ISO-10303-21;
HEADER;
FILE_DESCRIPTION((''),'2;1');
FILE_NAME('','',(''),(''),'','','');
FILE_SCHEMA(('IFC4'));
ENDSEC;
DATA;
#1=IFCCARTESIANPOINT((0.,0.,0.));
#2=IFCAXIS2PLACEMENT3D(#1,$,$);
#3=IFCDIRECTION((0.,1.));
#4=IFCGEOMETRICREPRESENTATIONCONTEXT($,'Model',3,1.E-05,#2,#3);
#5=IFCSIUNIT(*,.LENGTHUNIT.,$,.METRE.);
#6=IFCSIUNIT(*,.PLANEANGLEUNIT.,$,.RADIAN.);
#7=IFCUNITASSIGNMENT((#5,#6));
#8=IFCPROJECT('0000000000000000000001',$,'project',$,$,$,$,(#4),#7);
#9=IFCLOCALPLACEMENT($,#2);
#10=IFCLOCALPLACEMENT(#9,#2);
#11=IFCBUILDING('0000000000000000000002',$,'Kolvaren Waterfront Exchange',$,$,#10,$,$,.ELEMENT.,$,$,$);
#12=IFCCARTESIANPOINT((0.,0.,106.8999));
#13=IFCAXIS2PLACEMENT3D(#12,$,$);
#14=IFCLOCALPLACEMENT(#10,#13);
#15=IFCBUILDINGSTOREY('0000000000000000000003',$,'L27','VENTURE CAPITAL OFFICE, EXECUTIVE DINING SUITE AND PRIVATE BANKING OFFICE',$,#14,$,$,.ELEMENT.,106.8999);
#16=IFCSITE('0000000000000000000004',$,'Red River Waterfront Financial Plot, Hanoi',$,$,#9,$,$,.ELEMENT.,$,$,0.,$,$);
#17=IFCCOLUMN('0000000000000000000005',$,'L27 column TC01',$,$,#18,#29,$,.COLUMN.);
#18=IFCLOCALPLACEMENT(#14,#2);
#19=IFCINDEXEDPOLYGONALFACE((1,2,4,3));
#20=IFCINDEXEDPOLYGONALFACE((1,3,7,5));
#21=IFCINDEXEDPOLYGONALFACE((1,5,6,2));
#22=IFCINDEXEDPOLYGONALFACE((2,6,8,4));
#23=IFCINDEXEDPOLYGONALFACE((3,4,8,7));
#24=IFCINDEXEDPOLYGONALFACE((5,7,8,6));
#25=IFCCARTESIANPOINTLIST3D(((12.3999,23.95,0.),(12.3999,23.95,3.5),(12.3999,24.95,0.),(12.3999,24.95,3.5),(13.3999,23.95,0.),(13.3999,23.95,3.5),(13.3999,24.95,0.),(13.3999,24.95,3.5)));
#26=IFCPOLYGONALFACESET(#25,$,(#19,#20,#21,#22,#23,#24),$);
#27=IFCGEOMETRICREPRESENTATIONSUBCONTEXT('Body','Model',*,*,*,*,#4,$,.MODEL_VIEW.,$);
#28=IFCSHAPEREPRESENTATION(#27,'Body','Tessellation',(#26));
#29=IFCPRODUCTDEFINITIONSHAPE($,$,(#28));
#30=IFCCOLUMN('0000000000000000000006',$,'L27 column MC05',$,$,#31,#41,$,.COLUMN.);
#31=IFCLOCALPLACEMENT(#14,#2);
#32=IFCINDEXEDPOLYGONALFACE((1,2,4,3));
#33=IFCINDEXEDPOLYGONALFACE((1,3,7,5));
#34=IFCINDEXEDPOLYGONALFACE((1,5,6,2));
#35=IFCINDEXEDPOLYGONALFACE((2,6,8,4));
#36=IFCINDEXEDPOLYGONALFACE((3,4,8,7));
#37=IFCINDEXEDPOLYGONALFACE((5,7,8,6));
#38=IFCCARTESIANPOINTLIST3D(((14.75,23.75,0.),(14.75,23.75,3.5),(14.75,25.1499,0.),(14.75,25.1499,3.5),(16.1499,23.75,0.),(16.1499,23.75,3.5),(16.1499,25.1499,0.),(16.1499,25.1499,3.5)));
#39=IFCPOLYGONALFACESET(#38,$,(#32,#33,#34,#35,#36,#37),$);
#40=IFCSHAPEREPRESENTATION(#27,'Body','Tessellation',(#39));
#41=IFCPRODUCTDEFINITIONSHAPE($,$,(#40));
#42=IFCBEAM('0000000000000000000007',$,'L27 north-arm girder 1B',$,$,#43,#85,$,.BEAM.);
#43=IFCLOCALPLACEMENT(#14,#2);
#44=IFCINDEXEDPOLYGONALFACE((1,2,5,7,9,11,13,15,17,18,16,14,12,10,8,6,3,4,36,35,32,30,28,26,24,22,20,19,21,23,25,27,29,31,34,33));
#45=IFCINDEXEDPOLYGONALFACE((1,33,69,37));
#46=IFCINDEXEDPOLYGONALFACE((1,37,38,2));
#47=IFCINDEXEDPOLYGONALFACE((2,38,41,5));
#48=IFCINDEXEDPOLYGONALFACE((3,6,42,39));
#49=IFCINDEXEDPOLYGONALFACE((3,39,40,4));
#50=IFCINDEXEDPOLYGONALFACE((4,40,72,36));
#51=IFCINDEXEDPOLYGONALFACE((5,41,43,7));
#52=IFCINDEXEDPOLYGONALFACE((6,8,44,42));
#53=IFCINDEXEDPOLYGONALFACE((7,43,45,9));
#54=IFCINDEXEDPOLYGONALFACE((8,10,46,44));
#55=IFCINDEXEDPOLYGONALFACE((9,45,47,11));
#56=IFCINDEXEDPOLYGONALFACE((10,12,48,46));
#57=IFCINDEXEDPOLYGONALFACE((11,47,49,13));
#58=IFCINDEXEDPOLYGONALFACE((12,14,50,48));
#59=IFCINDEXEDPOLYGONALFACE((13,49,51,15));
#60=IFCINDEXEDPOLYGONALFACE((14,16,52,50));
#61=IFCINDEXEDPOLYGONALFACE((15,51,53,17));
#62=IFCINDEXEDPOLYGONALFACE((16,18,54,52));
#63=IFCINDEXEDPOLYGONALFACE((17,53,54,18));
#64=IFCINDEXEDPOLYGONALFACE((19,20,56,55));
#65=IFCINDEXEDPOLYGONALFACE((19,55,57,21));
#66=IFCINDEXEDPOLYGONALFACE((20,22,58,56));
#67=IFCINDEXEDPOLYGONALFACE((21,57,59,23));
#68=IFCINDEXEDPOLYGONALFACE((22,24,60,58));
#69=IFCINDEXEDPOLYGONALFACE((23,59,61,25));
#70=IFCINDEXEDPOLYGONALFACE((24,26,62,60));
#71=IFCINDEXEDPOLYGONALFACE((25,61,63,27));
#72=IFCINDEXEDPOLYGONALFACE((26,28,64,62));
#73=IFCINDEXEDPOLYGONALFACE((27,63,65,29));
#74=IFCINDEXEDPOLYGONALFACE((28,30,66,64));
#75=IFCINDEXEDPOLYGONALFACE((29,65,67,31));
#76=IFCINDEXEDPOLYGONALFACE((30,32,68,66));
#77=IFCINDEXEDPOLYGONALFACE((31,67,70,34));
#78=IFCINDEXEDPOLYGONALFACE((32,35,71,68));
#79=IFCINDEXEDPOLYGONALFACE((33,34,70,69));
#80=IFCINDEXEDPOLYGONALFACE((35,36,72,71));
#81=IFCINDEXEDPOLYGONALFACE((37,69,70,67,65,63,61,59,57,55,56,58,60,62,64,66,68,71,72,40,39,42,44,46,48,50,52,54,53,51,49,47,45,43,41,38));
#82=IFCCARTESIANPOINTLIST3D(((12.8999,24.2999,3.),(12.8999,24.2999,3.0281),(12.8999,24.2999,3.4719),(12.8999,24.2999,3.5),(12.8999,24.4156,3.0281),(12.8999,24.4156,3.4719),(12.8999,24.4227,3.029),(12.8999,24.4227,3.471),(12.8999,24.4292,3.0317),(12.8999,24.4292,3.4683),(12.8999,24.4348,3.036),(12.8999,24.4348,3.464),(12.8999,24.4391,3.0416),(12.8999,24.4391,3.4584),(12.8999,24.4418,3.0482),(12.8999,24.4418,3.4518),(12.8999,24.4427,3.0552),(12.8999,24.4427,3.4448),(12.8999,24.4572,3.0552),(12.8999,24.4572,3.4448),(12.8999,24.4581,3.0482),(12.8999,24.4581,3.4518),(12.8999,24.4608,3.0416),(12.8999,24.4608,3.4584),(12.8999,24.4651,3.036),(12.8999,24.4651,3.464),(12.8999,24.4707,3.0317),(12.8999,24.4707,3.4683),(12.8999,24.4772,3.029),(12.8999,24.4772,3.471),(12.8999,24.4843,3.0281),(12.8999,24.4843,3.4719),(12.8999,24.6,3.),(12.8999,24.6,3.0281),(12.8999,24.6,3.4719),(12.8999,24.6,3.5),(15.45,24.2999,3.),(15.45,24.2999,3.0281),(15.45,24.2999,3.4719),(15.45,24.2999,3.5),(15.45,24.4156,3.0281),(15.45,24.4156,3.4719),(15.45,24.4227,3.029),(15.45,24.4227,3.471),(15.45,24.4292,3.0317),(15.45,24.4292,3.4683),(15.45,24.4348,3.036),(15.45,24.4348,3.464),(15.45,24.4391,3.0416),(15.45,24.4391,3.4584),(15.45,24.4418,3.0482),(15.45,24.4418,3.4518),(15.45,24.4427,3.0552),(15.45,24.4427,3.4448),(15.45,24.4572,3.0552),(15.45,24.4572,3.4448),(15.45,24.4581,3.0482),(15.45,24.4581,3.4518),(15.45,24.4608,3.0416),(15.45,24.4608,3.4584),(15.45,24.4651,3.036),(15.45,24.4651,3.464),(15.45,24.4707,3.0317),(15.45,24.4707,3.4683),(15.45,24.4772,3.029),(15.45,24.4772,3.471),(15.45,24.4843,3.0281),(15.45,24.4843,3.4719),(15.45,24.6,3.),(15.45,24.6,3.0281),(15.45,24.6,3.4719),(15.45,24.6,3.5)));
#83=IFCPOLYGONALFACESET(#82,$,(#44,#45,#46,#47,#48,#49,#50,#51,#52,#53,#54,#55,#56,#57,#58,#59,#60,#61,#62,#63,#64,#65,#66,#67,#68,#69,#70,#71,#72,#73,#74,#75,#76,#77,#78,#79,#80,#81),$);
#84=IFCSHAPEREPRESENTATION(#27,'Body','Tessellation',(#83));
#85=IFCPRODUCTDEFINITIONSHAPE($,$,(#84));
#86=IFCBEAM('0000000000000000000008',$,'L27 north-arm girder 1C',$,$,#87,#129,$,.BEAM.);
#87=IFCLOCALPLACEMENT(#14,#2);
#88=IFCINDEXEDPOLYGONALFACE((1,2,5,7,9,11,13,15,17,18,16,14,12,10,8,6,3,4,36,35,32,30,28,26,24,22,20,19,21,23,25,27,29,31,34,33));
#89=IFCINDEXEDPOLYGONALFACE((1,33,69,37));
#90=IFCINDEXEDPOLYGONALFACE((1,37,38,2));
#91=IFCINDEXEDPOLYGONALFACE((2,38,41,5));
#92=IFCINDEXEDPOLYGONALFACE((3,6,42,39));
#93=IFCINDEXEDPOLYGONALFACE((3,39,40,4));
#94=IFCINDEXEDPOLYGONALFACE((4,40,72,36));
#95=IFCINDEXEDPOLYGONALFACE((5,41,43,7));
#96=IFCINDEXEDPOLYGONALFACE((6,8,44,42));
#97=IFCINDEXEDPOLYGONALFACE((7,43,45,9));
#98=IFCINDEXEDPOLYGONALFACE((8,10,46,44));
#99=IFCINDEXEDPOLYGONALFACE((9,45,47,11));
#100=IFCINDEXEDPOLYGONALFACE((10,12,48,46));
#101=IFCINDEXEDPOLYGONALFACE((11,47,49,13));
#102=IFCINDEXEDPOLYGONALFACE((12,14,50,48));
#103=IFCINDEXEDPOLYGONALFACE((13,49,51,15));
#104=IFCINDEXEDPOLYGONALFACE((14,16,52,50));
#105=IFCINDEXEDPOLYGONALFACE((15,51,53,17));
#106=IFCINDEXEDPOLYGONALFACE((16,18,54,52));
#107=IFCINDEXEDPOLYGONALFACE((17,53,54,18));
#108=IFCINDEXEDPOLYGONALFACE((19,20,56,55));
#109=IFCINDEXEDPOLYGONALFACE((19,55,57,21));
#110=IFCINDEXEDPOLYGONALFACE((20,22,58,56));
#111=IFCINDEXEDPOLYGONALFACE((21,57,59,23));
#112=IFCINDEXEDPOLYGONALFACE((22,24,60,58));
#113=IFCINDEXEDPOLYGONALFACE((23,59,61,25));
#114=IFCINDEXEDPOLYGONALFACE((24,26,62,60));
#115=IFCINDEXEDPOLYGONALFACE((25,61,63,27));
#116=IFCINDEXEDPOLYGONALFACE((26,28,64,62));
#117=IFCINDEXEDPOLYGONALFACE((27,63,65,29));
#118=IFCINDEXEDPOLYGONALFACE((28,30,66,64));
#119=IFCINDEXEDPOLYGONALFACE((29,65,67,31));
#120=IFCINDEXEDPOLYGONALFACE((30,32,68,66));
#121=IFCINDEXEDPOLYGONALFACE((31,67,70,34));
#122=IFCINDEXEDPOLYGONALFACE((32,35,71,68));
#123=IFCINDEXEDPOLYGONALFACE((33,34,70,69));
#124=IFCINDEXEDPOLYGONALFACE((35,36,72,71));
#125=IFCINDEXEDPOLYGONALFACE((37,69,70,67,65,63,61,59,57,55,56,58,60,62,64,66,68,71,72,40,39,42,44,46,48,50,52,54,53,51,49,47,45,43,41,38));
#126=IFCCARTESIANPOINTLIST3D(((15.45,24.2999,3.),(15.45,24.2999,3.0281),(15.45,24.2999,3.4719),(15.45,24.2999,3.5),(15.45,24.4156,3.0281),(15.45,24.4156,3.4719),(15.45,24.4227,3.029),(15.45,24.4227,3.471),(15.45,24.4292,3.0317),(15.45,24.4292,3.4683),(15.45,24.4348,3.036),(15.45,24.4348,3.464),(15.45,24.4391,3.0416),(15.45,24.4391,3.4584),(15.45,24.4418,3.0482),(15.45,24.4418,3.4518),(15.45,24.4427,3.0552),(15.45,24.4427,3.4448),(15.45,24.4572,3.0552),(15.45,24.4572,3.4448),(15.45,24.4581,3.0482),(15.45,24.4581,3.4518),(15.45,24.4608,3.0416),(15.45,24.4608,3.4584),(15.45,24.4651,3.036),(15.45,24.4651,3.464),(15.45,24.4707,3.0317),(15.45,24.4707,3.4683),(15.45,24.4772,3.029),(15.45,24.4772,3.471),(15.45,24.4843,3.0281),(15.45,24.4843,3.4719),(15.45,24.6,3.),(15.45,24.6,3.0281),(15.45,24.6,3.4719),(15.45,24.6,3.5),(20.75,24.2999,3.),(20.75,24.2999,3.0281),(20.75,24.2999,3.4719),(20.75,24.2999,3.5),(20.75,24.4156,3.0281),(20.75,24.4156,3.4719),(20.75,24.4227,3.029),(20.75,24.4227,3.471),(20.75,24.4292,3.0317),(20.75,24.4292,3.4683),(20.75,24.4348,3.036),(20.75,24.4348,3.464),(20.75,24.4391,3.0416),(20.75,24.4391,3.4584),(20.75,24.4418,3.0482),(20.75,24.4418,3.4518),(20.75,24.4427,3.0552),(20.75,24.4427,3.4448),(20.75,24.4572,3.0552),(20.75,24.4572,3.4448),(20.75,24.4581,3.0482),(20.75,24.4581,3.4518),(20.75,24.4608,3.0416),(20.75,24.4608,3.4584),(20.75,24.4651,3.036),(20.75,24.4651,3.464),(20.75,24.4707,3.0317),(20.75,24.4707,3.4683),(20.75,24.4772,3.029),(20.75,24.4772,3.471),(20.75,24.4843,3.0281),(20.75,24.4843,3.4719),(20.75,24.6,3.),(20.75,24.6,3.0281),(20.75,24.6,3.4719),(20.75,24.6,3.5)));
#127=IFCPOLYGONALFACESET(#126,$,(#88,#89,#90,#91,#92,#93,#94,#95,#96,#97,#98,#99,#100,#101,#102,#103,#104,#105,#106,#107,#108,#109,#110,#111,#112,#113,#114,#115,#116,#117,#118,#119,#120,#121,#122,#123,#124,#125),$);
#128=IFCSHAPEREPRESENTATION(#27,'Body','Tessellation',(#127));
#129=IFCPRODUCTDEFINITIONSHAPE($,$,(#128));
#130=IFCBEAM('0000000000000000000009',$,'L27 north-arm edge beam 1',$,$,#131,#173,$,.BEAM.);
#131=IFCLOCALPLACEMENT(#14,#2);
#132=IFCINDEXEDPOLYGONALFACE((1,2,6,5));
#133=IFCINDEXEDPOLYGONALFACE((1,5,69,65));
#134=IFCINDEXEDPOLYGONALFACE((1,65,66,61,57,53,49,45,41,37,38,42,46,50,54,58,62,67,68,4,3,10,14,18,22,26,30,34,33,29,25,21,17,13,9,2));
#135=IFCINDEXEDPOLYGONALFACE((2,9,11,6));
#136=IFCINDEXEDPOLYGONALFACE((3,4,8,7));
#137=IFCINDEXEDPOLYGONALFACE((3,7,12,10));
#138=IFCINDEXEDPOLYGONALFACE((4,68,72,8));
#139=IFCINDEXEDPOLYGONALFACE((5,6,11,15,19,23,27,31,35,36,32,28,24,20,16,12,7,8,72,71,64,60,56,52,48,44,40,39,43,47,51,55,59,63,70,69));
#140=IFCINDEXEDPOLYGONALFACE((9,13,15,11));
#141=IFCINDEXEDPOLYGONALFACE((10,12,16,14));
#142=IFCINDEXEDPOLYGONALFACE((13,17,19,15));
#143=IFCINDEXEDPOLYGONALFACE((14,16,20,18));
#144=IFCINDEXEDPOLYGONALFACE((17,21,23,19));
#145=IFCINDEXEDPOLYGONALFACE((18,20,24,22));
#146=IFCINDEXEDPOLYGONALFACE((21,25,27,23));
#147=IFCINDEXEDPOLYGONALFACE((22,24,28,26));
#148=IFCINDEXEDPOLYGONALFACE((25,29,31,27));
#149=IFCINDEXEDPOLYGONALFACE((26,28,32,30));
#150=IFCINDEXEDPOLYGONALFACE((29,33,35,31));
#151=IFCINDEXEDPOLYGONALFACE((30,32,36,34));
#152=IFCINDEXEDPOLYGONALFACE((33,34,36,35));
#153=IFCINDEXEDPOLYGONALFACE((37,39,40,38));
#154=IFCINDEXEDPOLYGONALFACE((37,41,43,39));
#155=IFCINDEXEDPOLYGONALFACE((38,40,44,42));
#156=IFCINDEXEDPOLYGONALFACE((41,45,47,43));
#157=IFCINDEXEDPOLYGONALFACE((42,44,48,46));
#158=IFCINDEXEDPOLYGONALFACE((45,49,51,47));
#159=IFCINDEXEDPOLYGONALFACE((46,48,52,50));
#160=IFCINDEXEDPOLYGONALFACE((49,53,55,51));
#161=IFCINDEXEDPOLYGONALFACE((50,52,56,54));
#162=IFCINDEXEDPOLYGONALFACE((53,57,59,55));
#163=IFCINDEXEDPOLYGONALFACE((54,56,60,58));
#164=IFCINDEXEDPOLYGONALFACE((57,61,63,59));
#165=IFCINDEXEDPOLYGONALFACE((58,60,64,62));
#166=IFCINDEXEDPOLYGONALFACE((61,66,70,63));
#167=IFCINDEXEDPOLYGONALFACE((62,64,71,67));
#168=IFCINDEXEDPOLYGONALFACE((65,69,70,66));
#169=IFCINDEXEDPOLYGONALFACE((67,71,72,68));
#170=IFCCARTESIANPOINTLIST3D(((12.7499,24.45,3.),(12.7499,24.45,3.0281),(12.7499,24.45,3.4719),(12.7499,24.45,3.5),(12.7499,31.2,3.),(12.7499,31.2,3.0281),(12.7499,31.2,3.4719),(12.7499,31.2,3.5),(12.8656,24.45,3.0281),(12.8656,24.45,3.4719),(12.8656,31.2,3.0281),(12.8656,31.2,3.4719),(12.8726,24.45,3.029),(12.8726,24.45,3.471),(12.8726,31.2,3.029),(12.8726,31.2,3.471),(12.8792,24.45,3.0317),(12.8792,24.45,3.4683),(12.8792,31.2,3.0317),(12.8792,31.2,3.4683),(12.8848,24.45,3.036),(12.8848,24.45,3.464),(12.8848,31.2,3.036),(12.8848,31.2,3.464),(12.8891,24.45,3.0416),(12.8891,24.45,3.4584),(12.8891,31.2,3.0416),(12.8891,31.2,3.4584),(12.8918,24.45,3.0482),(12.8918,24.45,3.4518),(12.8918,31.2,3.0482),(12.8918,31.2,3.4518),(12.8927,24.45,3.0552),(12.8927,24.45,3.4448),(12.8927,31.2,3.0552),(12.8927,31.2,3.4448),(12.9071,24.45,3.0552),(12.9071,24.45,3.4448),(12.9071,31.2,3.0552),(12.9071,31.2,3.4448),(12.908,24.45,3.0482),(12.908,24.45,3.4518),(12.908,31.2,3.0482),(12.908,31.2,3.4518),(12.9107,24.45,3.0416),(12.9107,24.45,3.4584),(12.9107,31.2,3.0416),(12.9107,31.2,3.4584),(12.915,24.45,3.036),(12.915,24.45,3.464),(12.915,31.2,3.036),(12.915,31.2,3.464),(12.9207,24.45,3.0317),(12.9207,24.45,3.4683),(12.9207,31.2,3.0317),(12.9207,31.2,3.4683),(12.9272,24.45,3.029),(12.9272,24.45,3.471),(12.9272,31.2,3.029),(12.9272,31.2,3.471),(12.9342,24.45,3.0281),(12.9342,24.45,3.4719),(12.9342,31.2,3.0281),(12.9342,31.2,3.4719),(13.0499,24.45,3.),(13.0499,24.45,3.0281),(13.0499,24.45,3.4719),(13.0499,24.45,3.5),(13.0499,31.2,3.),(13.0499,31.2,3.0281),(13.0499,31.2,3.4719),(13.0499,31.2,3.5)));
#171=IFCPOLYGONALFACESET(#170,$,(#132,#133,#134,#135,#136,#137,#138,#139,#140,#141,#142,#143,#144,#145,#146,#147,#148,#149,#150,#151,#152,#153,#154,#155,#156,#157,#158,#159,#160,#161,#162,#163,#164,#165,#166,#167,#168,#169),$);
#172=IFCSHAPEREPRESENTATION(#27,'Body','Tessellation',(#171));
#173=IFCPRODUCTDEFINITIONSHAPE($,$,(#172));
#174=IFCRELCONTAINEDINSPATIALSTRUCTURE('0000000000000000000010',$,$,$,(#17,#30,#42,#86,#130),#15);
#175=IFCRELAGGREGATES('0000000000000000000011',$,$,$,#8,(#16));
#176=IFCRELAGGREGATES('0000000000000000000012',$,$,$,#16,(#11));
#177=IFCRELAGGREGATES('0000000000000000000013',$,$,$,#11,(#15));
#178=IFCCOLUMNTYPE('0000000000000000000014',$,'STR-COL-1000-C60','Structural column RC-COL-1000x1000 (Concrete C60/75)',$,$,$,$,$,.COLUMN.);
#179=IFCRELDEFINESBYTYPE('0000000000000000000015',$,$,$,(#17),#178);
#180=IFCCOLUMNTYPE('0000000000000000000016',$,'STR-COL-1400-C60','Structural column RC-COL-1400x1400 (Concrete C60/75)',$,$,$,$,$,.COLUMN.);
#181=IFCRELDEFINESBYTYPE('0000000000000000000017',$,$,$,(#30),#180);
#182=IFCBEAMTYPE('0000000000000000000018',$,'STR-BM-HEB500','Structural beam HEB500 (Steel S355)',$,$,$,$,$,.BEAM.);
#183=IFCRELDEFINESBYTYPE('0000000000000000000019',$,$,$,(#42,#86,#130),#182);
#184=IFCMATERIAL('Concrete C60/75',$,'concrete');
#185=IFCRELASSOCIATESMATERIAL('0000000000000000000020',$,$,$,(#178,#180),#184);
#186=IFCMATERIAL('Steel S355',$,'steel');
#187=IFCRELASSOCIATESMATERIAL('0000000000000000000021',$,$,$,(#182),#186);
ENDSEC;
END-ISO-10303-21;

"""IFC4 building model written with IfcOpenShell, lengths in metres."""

from ifc_helpers import new_model, si_unit, direction, frame, origin, origin_2d, place, context, subcontext, project, spatial, rectangle, i_section, extrude, material, material_profile, profile_set, type_object, element, save


model = new_model("IFC4")

# Units and contexts
model_context = context("Model", 3, precision=1e-05, world=origin(), true_north=direction((0.0, 1.0)))
body_context = subcontext(model_context, "Body", "Model", "MODEL_VIEW")
ifc_project = project(units=[si_unit("LENGTHUNIT", "METRE"), si_unit("PLANEANGLEUNIT", "RADIAN")], contexts=[model_context])

# Site, building, storey
site_placement = place(None, origin())
site = spatial("IfcSite", under=ifc_project, at=site_placement, Name="Red River Waterfront Financial Plot, Hanoi", CompositionType="ELEMENT", RefElevation=0.0)
building_placement = place(site_placement, origin())
building = spatial("IfcBuilding", under=site, at=building_placement, Name="Kolvaren Waterfront Exchange", CompositionType="ELEMENT")
storey_placement = place(building_placement, frame((0.0, 0.0, 106.8999)))
storey = spatial("IfcBuildingStorey", under=building, at=storey_placement, Name="L27", Description="VENTURE CAPITAL OFFICE, EXECUTIVE DINING SUITE AND PRIVATE BANKING OFFICE", CompositionType="ELEMENT", Elevation=106.8999)

# Columns
ifc_material_1 = material(Name="Concrete C60/75", Category="concrete")
ifc_material_profile_1 = material_profile(ifc_material_1, rectangle(XDim=1.0, YDim=1.0, at=origin_2d()), Name="RC-COL-1000x1000")
ifc_profile_set_1 = profile_set([ifc_material_profile_1], Name="Concrete C60/75")
column_type_1 = type_object("IfcColumnType", Name="STR-COL-1000-C60", Description="Structural column RC-COL-1000x1000 (Concrete C60/75)", PredefinedType="COLUMN", material=ifc_profile_set_1)
column_1_placement = place(storey_placement, frame((12.8999, 24.45, 0.0), z_axis=(0.0, 0.0, 1.0), x_axis=(1.0, 0.0, 0.0)))
element("IfcColumn", 1, at=column_1_placement, inside=storey, type_object=column_type_1, Name="L27 column TC01", PredefinedType="COLUMN", context=body_context, shape_type="SweptSolid", body=[
    extrude(rectangle(XDim=1.0, YDim=1.0, at=origin_2d()), origin(), (0.0, 0.0, 1.0), 3.5),
])
ifc_material_profile_2 = material_profile(ifc_material_1, rectangle(XDim=1.3999, YDim=1.3999, at=origin_2d()), Name="RC-COL-1400x1400")
ifc_profile_set_2 = profile_set([ifc_material_profile_2], Name="Concrete C60/75")
column_type_2 = type_object("IfcColumnType", Name="STR-COL-1400-C60", Description="Structural column RC-COL-1400x1400 (Concrete C60/75)", PredefinedType="COLUMN", material=ifc_profile_set_2)
column_2_placement = place(storey_placement, frame((15.45, 24.45, 0.0), z_axis=(0.0, 0.0, 1.0), x_axis=(1.0, 0.0, 0.0)))
element("IfcColumn", 2, at=column_2_placement, inside=storey, type_object=column_type_2, Name="L27 column MC05", PredefinedType="COLUMN", context=body_context, shape_type="SweptSolid", body=[
    extrude(rectangle(XDim=1.3999, YDim=1.3999, at=origin_2d()), origin(), (0.0, 0.0, 1.0), 3.5),
])

# Beams
ifc_material_2 = material(Name="Steel S355", Category="steel")
ifc_material_profile_3 = material_profile(ifc_material_2, i_section(OverallWidth=0.3, OverallDepth=0.5, WebThickness=0.0144, FlangeThickness=0.0281, FilletRadius=0.0271, at=origin_2d()), Name="HEB500")
ifc_profile_set_3 = profile_set([ifc_material_profile_3], Name="Steel S355")
beam_type_1 = type_object("IfcBeamType", Name="STR-BM-HEB500", Description="Structural beam HEB500 (Steel S355)", PredefinedType="BEAM", material=ifc_profile_set_3)
beam_1_placement = place(storey_placement, frame((12.8999, 24.45, 3.25), z_axis=(1.0, 0.0, 0.0), x_axis=(0.0, 1.0, 0.0)))
element("IfcBeam", 3, at=beam_1_placement, inside=storey, type_object=beam_type_1, Name="L27 north-arm girder 1B", PredefinedType="BEAM", context=body_context, shape_type="SweptSolid", body=[
    extrude(i_section(OverallWidth=0.3, OverallDepth=0.5, WebThickness=0.0144, FlangeThickness=0.0281, FilletRadius=0.0271, at=origin_2d()), origin(), (0.0, 0.0, 1.0), 2.55),
])
beam_2_placement = place(storey_placement, frame((15.45, 24.45, 3.25), z_axis=(1.0, 0.0, 0.0), x_axis=(0.0, 1.0, 0.0)))
element("IfcBeam", 4, at=beam_2_placement, inside=storey, type_object=beam_type_1, Name="L27 north-arm girder 1C", PredefinedType="BEAM", context=body_context, shape_type="SweptSolid", body=[
    extrude(i_section(OverallWidth=0.3, OverallDepth=0.5, WebThickness=0.0144, FlangeThickness=0.0281, FilletRadius=0.0271, at=origin_2d()), origin(), (0.0, 0.0, 1.0), 5.3),
])
beam_3_placement = place(storey_placement, frame((12.8999, 24.45, 3.25), z_axis=(0.0, 1.0, 0.0), x_axis=(-1.0, 0.0, 0.0)))
element("IfcBeam", 5, at=beam_3_placement, inside=storey, type_object=beam_type_1, Name="L27 north-arm edge beam 1", PredefinedType="BEAM", context=body_context, shape_type="SweptSolid", body=[
    extrude(i_section(OverallWidth=0.3, OverallDepth=0.5, WebThickness=0.0144, FlangeThickness=0.0281, FilletRadius=0.0271, at=origin_2d()), origin(), (0.0, 0.0, 1.0), 6.75),
])

save(model, "model.ifc")
